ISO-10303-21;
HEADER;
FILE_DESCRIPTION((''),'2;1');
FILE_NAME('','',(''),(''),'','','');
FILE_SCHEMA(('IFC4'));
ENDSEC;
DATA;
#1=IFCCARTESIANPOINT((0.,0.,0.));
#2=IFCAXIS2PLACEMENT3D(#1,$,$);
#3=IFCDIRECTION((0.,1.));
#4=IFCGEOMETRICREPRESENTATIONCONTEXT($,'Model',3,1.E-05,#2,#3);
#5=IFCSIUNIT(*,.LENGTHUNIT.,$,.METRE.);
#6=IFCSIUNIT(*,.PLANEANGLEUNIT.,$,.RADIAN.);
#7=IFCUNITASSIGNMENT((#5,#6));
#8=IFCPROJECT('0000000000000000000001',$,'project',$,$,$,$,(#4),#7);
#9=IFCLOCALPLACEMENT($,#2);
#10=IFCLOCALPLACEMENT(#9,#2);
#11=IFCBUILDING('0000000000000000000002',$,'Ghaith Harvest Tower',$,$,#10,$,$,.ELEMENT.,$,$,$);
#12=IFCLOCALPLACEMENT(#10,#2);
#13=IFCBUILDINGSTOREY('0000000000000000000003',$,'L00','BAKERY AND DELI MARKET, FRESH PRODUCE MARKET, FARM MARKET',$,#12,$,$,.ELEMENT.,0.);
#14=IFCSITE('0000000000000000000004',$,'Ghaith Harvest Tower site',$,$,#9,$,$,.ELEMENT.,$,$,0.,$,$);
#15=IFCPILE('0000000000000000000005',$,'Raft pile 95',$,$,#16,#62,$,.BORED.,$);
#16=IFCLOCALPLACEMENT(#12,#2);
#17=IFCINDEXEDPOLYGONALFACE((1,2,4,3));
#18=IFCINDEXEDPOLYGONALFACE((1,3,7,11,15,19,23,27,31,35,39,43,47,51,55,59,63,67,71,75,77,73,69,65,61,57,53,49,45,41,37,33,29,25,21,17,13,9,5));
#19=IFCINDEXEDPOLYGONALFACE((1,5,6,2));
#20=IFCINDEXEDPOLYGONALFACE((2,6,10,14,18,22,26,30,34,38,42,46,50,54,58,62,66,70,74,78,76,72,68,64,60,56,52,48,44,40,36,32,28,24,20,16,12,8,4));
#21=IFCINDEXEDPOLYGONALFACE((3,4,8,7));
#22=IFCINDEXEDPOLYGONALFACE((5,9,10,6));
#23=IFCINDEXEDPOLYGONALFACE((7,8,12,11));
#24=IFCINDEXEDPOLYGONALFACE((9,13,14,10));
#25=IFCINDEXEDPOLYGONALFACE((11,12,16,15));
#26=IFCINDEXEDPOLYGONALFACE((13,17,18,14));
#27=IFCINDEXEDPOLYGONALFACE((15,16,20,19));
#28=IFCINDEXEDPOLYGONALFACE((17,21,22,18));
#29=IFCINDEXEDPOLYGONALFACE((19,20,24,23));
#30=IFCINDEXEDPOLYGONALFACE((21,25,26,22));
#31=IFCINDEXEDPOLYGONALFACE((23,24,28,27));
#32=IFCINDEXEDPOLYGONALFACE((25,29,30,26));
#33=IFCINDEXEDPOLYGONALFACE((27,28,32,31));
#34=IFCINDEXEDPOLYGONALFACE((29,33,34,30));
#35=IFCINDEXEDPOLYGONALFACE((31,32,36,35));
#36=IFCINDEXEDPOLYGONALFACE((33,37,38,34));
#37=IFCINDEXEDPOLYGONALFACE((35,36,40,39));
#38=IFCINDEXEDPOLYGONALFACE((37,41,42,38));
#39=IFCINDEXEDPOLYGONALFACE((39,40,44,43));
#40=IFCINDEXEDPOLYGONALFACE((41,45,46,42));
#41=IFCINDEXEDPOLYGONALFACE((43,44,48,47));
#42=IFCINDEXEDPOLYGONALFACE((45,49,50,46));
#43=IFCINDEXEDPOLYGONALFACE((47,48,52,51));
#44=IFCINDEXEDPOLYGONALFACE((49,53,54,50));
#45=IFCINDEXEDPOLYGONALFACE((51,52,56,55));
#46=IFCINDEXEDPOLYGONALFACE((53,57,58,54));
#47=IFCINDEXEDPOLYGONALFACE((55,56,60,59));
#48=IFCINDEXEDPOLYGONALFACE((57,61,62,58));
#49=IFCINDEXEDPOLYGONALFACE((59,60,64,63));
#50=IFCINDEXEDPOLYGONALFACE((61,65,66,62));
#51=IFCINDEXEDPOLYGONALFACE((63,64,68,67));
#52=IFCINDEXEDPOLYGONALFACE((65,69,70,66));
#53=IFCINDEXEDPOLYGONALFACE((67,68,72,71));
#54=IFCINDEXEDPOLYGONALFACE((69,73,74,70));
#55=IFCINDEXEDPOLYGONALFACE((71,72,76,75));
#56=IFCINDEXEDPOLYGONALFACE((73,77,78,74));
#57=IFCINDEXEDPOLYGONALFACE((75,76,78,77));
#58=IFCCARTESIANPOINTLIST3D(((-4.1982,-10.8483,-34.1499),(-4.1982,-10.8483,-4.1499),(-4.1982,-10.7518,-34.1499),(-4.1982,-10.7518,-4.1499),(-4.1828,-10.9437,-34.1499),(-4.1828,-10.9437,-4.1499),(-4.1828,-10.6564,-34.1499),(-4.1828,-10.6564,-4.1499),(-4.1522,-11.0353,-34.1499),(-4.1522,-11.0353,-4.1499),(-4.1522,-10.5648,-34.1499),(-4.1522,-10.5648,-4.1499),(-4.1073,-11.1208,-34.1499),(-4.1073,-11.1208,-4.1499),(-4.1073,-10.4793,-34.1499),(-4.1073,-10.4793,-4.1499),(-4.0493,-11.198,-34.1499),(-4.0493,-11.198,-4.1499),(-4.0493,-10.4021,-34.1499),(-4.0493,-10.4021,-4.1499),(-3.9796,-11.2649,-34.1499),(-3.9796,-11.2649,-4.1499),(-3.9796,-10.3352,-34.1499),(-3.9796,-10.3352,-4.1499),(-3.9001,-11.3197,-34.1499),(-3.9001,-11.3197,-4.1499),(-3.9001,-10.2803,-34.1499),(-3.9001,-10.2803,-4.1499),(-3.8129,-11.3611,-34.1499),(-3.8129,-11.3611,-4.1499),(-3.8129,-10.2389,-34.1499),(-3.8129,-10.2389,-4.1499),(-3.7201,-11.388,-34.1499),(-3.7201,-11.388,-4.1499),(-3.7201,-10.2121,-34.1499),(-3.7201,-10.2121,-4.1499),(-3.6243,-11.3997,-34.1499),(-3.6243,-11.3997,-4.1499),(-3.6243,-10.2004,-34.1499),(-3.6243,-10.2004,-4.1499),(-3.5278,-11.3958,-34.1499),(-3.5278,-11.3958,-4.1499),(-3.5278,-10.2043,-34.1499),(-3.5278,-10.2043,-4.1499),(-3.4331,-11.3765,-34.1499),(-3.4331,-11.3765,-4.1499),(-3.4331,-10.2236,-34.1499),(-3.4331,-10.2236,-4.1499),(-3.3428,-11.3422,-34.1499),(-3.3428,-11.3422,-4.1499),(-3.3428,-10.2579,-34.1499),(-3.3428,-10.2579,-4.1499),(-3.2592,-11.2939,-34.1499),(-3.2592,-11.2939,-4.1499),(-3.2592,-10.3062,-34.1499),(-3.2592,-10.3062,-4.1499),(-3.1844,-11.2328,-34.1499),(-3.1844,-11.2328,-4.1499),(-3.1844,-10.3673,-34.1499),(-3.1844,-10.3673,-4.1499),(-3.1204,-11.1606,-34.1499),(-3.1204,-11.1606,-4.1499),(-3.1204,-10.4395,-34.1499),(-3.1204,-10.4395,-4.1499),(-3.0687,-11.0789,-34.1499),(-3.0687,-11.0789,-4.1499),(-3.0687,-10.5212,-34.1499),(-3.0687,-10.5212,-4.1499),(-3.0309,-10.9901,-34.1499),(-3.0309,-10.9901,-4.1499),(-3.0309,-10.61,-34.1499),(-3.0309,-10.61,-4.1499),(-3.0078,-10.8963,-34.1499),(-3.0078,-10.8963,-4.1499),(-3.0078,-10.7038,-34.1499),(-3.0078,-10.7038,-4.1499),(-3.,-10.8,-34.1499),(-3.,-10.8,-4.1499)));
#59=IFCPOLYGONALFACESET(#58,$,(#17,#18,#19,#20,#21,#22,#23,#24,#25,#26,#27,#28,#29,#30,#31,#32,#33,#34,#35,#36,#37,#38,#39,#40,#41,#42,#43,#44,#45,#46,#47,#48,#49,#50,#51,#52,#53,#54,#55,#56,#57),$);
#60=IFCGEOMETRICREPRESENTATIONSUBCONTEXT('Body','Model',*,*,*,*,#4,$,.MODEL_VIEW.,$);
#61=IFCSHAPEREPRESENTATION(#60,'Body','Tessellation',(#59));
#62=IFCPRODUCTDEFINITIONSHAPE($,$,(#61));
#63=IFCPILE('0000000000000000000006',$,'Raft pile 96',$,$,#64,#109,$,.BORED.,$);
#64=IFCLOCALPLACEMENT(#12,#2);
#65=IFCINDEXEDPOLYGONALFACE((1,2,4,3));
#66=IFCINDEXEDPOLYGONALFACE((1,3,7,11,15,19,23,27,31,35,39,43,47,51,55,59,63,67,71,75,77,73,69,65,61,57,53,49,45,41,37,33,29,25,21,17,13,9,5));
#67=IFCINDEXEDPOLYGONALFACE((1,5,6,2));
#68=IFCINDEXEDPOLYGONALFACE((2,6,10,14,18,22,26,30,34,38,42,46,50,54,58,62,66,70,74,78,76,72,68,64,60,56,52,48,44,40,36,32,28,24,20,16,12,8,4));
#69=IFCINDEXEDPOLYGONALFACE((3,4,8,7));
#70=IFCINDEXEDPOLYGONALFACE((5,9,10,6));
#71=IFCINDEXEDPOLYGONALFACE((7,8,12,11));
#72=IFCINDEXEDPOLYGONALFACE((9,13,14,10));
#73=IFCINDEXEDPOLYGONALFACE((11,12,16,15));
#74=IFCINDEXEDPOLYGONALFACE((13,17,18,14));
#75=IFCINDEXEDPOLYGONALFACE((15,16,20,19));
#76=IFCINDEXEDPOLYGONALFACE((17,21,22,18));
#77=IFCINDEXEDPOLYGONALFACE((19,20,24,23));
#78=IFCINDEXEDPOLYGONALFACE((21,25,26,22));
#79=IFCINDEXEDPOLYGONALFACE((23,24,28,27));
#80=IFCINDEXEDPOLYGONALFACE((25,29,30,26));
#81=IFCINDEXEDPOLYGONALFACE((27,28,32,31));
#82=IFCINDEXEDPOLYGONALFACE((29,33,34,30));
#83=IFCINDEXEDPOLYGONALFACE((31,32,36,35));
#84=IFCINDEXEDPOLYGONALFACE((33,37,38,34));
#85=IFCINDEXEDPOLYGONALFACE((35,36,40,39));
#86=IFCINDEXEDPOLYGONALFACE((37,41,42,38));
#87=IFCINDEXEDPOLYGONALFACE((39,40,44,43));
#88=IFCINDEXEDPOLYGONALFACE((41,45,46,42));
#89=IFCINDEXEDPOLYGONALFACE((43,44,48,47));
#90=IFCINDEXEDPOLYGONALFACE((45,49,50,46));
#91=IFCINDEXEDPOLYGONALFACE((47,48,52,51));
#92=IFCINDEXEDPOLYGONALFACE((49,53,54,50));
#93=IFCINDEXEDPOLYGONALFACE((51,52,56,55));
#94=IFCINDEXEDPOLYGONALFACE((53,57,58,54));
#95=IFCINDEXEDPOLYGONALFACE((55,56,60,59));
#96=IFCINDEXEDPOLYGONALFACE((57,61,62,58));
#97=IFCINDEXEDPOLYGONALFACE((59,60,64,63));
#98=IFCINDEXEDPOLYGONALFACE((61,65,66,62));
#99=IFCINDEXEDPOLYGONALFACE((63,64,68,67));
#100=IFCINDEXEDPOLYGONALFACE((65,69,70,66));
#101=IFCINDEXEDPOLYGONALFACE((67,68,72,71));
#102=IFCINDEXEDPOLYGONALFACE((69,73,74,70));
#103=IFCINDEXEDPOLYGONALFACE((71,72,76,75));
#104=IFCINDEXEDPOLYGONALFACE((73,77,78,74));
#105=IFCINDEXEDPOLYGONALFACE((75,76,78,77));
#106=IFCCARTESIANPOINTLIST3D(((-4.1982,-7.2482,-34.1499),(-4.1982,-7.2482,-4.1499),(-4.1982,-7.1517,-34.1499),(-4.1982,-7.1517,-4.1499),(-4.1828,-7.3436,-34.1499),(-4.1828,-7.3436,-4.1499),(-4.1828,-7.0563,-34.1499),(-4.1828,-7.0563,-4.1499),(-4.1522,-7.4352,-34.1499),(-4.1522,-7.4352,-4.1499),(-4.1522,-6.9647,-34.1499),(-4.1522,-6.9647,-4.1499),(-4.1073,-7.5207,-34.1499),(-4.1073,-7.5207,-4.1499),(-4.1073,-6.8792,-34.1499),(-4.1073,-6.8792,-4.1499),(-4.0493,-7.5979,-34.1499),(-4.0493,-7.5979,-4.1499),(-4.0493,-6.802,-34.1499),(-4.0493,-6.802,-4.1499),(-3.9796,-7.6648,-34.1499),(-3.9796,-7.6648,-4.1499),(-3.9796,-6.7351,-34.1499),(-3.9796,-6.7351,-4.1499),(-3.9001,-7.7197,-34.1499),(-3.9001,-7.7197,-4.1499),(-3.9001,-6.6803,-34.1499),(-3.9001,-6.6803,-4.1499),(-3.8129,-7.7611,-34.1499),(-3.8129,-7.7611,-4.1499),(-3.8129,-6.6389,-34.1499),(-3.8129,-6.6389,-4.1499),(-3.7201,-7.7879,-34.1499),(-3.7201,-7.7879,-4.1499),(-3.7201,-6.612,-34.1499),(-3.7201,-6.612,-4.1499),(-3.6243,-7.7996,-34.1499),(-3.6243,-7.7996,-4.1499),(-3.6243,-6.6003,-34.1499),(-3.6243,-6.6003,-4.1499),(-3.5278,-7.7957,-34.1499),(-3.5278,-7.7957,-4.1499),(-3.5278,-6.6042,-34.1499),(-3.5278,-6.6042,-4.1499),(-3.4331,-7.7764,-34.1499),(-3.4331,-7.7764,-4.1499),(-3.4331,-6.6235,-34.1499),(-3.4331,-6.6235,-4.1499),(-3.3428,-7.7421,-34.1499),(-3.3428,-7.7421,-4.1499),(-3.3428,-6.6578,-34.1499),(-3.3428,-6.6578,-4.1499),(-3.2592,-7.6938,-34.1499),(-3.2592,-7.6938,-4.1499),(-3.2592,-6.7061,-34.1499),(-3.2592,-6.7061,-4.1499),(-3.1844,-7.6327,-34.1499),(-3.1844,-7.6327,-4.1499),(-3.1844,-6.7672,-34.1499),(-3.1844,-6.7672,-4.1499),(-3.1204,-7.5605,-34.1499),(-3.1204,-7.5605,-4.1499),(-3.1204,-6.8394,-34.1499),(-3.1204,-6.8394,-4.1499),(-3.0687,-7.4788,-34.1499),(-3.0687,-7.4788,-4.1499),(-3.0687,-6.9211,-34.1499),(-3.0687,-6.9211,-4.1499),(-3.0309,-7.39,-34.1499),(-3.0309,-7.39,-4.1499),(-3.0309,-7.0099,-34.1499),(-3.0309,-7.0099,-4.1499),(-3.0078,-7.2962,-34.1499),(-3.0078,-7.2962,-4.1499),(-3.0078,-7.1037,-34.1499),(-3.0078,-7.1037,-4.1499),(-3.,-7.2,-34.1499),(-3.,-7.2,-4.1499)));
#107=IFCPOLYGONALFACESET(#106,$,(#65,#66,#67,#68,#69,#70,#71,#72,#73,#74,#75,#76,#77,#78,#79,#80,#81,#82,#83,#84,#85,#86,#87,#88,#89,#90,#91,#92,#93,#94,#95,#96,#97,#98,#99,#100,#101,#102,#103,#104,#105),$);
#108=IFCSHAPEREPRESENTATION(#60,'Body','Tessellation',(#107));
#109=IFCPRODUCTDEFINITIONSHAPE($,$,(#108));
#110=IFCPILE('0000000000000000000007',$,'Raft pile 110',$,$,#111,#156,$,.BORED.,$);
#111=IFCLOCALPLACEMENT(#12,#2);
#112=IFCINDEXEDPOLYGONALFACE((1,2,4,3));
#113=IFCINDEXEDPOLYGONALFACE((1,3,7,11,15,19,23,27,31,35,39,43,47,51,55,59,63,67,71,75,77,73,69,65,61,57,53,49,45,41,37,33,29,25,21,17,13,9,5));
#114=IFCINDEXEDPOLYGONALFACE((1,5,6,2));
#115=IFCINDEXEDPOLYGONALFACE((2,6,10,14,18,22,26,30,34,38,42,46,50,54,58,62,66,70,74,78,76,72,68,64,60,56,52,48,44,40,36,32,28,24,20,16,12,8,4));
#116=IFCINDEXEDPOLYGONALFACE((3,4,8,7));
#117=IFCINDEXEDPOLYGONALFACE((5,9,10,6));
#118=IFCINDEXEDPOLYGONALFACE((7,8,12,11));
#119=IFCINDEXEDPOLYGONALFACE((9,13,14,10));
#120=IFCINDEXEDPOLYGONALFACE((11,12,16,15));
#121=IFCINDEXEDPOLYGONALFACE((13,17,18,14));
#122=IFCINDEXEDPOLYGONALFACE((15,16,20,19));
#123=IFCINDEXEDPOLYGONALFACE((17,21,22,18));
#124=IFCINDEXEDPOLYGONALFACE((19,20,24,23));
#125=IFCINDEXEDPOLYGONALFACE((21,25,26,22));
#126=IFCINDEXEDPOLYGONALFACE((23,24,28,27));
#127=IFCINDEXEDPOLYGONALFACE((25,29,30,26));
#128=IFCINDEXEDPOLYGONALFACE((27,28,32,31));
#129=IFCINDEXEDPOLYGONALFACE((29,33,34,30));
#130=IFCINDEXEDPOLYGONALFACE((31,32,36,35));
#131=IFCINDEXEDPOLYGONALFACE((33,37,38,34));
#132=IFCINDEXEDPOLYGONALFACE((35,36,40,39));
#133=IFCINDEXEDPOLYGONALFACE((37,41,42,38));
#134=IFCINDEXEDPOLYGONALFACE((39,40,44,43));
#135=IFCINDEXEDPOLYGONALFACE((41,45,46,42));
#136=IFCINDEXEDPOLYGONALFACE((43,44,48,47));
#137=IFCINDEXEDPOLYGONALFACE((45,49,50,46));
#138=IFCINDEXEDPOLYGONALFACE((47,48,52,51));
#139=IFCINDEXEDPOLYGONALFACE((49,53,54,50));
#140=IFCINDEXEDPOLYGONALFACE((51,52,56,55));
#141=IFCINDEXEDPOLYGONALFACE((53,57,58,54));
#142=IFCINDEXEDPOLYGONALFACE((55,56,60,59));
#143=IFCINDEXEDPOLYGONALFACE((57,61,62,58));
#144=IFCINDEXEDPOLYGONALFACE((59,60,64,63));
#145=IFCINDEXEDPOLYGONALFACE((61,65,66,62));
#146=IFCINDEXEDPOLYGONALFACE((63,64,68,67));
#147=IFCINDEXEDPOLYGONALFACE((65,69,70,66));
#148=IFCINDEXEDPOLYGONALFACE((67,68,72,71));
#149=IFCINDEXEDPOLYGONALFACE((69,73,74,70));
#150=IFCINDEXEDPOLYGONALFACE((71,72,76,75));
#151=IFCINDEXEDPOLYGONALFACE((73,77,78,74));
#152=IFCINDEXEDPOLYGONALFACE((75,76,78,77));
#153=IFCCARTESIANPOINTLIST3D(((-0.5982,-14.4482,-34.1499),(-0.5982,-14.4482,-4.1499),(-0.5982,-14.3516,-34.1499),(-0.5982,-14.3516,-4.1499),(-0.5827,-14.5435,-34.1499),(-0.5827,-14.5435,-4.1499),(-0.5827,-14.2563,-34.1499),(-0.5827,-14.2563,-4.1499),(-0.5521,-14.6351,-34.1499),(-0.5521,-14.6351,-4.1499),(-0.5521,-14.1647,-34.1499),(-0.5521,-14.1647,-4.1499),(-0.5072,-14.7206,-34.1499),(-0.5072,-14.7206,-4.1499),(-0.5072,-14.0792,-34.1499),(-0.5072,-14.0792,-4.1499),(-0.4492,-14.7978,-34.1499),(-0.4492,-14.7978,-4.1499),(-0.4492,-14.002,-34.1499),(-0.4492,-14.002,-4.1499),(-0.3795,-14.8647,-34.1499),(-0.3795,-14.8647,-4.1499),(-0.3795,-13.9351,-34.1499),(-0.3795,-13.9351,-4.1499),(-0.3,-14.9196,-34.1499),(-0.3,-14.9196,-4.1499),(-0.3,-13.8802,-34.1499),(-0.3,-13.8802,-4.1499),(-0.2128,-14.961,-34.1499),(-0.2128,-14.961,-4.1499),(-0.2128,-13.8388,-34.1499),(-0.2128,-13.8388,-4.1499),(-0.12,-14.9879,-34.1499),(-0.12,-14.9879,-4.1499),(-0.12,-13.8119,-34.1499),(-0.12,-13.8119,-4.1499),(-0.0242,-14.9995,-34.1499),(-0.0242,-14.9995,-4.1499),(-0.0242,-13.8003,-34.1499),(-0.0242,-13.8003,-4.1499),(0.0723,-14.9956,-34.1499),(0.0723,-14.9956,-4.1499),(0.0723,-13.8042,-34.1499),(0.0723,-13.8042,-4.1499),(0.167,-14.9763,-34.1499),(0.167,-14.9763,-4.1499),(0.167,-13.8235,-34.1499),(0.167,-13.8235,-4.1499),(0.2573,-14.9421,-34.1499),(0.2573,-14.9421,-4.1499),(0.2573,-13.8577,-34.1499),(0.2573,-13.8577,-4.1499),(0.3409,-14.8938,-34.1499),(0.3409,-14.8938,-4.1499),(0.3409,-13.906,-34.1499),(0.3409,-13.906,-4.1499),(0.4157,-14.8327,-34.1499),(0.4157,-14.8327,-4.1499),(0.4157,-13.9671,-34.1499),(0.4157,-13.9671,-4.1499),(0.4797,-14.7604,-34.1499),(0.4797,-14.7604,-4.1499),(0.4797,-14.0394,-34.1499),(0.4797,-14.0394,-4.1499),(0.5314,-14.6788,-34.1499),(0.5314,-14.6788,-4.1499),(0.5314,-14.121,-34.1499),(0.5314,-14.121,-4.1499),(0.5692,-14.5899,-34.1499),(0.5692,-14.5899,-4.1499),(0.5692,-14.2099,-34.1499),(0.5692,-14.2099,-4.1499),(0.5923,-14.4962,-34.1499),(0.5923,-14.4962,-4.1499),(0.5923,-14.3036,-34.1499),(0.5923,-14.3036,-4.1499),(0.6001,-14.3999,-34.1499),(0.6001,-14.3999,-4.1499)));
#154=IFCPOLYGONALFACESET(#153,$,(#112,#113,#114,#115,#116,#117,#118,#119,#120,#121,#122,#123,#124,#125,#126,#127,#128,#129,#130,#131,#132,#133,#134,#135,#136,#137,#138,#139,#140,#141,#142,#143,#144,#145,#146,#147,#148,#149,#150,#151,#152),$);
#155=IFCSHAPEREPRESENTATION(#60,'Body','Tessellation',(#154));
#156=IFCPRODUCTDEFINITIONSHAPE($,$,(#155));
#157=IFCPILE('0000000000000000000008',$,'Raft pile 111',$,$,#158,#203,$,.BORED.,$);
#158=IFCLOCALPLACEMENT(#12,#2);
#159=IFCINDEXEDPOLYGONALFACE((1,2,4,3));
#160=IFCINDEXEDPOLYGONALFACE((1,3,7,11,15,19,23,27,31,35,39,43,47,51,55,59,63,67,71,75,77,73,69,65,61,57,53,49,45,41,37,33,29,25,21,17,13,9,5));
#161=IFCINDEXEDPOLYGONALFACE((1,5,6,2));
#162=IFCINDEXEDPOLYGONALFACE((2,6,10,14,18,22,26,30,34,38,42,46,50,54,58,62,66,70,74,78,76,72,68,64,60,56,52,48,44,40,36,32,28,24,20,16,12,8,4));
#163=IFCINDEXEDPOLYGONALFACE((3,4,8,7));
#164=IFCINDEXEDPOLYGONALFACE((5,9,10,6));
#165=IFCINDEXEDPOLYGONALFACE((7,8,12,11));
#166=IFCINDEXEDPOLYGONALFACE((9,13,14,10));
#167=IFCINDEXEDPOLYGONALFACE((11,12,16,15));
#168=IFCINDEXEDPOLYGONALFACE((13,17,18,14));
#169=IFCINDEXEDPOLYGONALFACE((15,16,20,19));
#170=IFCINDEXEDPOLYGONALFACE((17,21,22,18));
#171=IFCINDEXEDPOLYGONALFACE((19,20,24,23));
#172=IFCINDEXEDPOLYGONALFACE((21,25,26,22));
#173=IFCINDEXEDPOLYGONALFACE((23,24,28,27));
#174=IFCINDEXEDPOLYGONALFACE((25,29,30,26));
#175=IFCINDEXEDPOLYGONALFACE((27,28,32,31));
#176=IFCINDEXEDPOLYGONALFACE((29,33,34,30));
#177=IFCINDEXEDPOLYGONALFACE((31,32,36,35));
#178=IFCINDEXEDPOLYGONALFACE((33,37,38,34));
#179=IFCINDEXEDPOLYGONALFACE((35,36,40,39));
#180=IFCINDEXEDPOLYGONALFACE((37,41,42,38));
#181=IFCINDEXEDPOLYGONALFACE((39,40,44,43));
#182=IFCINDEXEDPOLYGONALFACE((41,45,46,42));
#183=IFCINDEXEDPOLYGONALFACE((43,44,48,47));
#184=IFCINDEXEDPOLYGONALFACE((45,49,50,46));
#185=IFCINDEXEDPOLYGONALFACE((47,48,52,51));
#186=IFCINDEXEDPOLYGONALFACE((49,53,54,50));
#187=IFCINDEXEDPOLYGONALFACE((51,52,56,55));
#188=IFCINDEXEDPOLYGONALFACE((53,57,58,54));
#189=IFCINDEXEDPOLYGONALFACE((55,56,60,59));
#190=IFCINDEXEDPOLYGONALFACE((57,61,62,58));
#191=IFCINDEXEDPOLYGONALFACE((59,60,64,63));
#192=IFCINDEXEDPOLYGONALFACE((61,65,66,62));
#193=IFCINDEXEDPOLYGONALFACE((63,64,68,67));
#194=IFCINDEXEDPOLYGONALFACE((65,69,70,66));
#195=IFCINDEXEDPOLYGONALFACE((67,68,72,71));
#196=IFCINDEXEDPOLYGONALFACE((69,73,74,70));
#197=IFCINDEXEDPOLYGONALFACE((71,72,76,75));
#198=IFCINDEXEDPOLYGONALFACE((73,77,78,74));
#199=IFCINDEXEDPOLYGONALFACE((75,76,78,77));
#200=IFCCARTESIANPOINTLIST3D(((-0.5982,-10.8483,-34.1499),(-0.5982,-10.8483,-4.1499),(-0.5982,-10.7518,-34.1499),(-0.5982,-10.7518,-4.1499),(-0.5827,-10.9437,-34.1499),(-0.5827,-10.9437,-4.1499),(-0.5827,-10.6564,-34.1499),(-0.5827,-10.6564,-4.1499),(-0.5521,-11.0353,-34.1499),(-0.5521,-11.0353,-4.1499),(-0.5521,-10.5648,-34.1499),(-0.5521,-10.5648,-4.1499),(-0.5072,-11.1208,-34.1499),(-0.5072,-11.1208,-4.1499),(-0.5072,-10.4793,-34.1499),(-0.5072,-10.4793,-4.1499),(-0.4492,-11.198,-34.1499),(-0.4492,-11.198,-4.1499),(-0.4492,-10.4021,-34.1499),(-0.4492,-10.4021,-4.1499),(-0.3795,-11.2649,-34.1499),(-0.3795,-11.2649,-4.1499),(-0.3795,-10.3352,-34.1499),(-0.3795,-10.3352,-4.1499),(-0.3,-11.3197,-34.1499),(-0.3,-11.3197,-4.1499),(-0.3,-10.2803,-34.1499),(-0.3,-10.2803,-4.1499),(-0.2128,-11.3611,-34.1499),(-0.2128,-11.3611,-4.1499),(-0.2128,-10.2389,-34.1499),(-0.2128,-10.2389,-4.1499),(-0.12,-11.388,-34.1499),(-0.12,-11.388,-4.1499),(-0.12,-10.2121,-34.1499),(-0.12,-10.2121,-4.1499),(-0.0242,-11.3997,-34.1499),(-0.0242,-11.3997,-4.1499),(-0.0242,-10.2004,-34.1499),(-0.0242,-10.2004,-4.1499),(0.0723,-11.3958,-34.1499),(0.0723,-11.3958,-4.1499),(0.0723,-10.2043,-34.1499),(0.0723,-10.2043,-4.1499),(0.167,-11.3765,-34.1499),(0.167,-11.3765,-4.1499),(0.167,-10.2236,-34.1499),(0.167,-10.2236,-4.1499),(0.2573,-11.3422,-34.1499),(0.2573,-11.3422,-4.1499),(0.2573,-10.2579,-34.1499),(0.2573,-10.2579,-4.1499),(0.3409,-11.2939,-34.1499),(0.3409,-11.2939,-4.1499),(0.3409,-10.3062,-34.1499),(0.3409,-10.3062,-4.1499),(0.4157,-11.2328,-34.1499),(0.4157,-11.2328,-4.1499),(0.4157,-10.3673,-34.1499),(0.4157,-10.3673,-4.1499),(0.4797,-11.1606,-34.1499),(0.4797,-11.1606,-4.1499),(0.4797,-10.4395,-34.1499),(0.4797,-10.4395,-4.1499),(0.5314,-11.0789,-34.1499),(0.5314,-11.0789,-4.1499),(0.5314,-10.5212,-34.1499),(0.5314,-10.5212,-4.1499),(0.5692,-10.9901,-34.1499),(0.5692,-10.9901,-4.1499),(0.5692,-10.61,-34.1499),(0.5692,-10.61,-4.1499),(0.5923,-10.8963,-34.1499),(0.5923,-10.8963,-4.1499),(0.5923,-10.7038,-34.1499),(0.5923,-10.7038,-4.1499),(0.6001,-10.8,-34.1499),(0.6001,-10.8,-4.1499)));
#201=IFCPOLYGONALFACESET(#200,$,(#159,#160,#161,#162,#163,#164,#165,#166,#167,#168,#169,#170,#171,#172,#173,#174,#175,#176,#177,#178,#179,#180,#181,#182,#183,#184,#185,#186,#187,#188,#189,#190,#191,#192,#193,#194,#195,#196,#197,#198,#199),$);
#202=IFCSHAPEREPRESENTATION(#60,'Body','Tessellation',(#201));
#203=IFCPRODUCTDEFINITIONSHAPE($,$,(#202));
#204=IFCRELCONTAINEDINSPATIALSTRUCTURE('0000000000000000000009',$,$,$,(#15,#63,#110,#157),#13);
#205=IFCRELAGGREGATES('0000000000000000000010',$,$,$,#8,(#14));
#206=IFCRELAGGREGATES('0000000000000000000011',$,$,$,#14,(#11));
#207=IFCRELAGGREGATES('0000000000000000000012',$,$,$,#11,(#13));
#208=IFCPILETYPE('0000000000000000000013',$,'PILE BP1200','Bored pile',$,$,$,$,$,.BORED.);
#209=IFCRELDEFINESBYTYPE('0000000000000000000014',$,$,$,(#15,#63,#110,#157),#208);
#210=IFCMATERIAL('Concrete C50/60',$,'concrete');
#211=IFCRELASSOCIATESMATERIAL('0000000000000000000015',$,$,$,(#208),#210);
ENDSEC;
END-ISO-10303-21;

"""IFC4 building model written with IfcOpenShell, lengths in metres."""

from ifc_helpers import new_model, si_unit, direction, frame, origin, origin_2d, place, context, subcontext, project, spatial, circle, extrude, material, material_profile, profile_set, type_object, element, save


model = new_model("IFC4")

# Units and contexts
model_context = context("Model", 3, precision=1e-05, world=origin(), true_north=direction((0.0, 1.0)))
body_context = subcontext(model_context, "Body", "Model", "MODEL_VIEW")
ifc_project = project(units=[si_unit("LENGTHUNIT", "METRE"), si_unit("PLANEANGLEUNIT", "RADIAN")], contexts=[model_context])

# Site, building, storey
site_placement = place(None, origin())
site = spatial("IfcSite", under=ifc_project, at=site_placement, Name="Ghaith Harvest Tower site", CompositionType="ELEMENT", RefElevation=0.0)
building_placement = place(site_placement, origin())
building = spatial("IfcBuilding", under=site, at=building_placement, Name="Ghaith Harvest Tower", CompositionType="ELEMENT")
storey_placement = place(building_placement, origin())
storey = spatial("IfcBuildingStorey", under=building, at=storey_placement, Name="L00", Description="BAKERY AND DELI MARKET, FRESH PRODUCE MARKET, FARM MARKET", CompositionType="ELEMENT", Elevation=0.0)

# Piles
ifc_material_1 = material(Name="Concrete C50/60", Category="concrete")
ifc_material_profile = material_profile(ifc_material_1, circle(Radius=0.6001, at=origin_2d()), Name="PILE1200")
ifc_profile_set = profile_set([ifc_material_profile], Name="Concrete C50/60")
pile_type = type_object("IfcPileType", Name="PILE BP1200", Description="Bored pile", PredefinedType="BORED", material=ifc_profile_set)
for number, where, z_axis, x_axis, name in (
    (1, (-3.6001, -10.8, -4.1499), (0.0, 0.0, -1.0), (1.0, 0.0, 0.0), "Raft pile 95"),
    (2, (-3.6001, -7.2, -4.1499), (0.0, 0.0, -1.0), (1.0, 0.0, 0.0), "Raft pile 96"),
    (3, (0.0, -14.3999, -4.1499), (0.0, 0.0, -1.0), (1.0, 0.0, 0.0), "Raft pile 110"),
    (4, (0.0, -10.8, -4.1499), (0.0, 0.0, -1.0), (1.0, 0.0, 0.0), "Raft pile 111"),
):
    element("IfcPile", number, at=place(storey_placement, frame(where, z_axis=z_axis, x_axis=x_axis)), inside=storey, type_object=pile_type, Name=name, PredefinedType="BORED", context=body_context, shape_type="SweptSolid", body=[
        extrude(circle(Radius=0.6001, at=origin_2d()), origin(), (0.0, 0.0, 1.0), 30.0),
    ])

save(model, "model.ifc")
